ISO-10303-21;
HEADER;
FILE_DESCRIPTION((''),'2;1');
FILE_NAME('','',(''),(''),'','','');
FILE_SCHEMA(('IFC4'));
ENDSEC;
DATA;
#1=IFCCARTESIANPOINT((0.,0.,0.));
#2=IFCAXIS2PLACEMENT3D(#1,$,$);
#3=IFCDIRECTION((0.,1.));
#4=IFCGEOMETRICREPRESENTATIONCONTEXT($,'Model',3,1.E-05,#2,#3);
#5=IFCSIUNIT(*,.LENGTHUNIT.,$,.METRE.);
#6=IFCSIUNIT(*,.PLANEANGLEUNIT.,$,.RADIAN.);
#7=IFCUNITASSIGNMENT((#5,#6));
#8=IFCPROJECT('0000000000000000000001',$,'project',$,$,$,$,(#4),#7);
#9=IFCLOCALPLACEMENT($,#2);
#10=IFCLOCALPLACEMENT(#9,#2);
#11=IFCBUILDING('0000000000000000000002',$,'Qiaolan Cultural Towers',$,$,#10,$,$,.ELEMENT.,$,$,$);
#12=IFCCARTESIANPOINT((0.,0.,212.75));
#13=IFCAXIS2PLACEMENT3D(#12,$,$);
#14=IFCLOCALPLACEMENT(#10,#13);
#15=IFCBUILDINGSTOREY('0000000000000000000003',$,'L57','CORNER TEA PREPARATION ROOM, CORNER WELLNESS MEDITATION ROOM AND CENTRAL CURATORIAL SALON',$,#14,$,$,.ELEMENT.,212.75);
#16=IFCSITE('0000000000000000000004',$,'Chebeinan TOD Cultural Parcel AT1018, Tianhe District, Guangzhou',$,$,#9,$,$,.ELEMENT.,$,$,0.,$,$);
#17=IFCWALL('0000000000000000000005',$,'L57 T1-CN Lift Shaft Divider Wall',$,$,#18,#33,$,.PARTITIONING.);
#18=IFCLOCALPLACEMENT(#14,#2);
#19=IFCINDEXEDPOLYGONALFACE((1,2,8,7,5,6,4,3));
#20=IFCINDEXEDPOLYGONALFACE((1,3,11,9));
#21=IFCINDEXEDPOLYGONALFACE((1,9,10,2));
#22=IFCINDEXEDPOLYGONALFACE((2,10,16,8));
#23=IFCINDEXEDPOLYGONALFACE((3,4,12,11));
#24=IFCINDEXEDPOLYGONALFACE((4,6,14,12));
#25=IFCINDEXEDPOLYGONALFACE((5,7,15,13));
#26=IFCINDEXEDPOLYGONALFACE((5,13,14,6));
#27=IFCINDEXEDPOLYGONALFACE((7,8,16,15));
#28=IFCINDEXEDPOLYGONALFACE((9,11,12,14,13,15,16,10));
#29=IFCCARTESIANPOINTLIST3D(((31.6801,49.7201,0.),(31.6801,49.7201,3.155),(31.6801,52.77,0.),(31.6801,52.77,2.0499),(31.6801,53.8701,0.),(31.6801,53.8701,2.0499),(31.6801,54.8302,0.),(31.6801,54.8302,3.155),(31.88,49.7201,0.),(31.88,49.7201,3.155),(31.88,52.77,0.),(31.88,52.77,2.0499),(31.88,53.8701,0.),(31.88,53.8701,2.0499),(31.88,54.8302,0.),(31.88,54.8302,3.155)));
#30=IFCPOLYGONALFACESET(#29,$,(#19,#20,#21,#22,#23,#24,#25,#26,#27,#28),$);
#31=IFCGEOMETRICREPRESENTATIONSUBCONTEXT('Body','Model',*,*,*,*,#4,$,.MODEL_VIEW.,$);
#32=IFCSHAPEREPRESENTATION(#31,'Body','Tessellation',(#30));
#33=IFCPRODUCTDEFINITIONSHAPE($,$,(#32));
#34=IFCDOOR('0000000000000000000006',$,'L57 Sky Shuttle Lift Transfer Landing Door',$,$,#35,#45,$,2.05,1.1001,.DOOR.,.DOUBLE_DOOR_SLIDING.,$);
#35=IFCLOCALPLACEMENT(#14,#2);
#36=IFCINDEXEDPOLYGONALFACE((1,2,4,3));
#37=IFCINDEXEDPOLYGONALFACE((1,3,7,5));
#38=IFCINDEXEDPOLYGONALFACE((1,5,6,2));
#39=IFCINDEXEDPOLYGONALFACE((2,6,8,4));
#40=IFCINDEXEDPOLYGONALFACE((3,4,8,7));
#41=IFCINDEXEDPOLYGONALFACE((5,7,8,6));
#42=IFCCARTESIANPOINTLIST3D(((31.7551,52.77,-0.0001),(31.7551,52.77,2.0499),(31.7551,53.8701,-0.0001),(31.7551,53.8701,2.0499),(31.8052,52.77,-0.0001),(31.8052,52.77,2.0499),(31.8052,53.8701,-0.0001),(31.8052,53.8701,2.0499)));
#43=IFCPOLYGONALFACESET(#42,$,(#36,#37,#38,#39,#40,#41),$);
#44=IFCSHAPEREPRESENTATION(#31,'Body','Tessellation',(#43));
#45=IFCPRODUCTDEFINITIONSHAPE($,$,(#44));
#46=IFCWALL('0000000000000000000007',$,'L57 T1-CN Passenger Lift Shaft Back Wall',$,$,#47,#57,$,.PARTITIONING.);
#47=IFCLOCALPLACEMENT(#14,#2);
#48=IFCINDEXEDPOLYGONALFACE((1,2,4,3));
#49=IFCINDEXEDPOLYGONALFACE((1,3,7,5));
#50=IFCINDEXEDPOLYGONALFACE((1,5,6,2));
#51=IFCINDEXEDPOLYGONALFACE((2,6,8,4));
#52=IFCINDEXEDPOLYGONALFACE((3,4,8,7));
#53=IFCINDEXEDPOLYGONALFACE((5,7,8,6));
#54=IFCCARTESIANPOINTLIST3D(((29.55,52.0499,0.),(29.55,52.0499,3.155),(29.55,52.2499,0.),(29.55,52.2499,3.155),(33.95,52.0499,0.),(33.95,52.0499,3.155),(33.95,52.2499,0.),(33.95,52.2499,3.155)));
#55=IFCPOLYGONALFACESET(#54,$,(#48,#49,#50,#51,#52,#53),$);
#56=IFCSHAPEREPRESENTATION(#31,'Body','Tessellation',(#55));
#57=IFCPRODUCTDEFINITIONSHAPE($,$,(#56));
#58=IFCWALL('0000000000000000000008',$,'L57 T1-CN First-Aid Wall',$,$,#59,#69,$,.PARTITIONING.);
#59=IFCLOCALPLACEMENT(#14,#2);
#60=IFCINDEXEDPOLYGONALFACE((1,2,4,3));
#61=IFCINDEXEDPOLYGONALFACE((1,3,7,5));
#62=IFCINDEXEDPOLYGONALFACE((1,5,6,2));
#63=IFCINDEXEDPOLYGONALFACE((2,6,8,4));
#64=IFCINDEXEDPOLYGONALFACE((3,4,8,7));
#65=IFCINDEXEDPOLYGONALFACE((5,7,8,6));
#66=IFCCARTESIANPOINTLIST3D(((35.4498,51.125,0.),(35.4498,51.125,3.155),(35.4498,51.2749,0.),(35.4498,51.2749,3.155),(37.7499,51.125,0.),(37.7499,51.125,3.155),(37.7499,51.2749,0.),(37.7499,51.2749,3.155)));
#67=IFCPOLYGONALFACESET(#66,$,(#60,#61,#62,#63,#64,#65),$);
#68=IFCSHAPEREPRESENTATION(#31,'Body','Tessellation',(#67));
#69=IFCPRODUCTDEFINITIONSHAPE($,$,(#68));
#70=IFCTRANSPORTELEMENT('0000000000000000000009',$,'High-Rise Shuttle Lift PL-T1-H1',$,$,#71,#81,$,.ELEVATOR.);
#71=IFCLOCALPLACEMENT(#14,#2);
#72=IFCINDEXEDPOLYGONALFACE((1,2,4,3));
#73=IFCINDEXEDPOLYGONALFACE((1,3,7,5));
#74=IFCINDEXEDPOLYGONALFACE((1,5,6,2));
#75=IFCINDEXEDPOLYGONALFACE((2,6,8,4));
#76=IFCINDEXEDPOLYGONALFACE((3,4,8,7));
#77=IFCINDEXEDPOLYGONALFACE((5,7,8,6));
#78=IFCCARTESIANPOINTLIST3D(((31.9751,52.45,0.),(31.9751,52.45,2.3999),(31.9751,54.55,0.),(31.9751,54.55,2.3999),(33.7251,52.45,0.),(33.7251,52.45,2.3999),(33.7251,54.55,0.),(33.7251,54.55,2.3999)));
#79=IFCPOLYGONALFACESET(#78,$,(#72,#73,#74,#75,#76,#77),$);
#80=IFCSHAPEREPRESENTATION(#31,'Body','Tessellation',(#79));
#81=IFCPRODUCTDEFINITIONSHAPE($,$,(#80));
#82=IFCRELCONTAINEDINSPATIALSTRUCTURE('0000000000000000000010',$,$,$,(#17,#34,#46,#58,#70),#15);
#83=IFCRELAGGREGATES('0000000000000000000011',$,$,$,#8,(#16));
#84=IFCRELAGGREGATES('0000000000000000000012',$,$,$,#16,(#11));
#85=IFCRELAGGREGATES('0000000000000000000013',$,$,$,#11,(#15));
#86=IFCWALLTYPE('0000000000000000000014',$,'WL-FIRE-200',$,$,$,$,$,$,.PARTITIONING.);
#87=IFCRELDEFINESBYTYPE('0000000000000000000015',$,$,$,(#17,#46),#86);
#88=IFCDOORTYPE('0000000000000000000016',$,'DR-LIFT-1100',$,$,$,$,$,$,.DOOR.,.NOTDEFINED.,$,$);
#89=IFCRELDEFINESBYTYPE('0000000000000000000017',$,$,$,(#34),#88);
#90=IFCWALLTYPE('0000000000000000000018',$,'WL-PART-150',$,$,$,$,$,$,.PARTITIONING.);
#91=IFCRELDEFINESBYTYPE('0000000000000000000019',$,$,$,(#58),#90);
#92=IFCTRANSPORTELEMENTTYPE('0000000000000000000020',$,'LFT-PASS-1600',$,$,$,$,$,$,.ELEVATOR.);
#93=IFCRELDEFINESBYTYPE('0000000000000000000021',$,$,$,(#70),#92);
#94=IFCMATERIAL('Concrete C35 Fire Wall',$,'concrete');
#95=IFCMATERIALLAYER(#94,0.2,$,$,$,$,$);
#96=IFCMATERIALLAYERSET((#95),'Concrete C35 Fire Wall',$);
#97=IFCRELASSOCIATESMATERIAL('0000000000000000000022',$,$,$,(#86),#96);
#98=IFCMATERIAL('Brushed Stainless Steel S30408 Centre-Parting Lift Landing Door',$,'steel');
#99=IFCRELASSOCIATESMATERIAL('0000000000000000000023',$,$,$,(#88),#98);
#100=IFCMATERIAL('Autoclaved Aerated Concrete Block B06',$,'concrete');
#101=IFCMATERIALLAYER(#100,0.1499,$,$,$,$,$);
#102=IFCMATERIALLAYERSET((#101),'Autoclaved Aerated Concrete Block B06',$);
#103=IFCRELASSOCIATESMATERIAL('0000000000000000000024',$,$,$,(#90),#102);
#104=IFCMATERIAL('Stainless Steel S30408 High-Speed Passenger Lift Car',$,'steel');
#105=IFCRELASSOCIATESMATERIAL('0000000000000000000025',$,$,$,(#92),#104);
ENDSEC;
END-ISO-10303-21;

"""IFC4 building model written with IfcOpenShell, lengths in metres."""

from ifc_helpers import new_model, si_unit, direction, frame, frame_2d, origin, origin_2d, place, context, subcontext, project, spatial, rectangle, extrude, material, layer, layer_set, type_object, element, fill, save


model = new_model("IFC4")

# Units and contexts
model_context = context("Model", 3, precision=1e-05, world=origin(), true_north=direction((0.0, 1.0)))
body_context = subcontext(model_context, "Body", "Model", "MODEL_VIEW")
ifc_project = project(units=[si_unit("LENGTHUNIT", "METRE"), si_unit("PLANEANGLEUNIT", "RADIAN")], contexts=[model_context])

# Site, building, storey
site_placement = place(None, origin())
site = spatial("IfcSite", under=ifc_project, at=site_placement, Name="Chebeinan TOD Cultural Parcel AT1018, Tianhe District, Guangzhou", CompositionType="ELEMENT", RefElevation=0.0)
building_placement = place(site_placement, origin())
building = spatial("IfcBuilding", under=site, at=building_placement, Name="Qiaolan Cultural Towers", CompositionType="ELEMENT")
storey_placement = place(building_placement, frame((0.0, 0.0, 212.75)))
storey = spatial("IfcBuildingStorey", under=building, at=storey_placement, Name="L57", Description="CORNER TEA PREPARATION ROOM, CORNER WELLNESS MEDITATION ROOM AND CENTRAL CURATORIAL SALON", CompositionType="ELEMENT", Elevation=212.75)

# Shared definitions
ifc_material_1 = material(Name="Concrete C35 Fire Wall", Category="concrete")
ifc_layer_1 = layer(ifc_material_1, 0.2)
ifc_layer_set_1 = layer_set([ifc_layer_1], Name="Concrete C35 Fire Wall")
wall_type_1 = type_object("IfcWallType", Name="WL-FIRE-200", PredefinedType="PARTITIONING", material=ifc_layer_set_1)
ifc_material_2 = material(Name="Brushed Stainless Steel S30408 Centre-Parting Lift Landing Door", Category="steel")
door_type = type_object("IfcDoorType", Name="DR-LIFT-1100", OperationType="NOTDEFINED", PredefinedType="DOOR", material=ifc_material_2)

# Wall, opening, door
wall_1_placement = place(storey_placement, frame((31.78, 49.72, 0.0), z_axis=(0.0, 0.0, 1.0), x_axis=(0.0, 1.0, 0.0)))
wall_1 = element("IfcWall", 1, at=wall_1_placement, inside=storey, type_object=wall_type_1, Name="L57 T1-CN Lift Shaft Divider Wall", PredefinedType="PARTITIONING", context=body_context, shape_type="SweptSolid", body=[
    extrude(rectangle(XDim=5.1101, YDim=0.2, at=frame_2d((2.5552, 0.0))), origin(), (0.0, 0.0, 1.0), 3.155),
])
opening_1_placement = place(wall_1_placement, frame((3.05, 0.0, 0.0)))
opening_1 = element("IfcOpeningElement", 2, at=opening_1_placement, cuts=wall_1, PredefinedType="OPENING", context=body_context, shape_type="SweptSolid", body=[
    extrude(rectangle(XDim=1.1001, YDim=2.05, at=frame_2d((0.55, 1.0249))), frame((0.0, 0.1099, 0.0), z_axis=(0.0, -1.0, 0.0), x_axis=(1.0, 0.0, 0.0)), (0.0, 0.0, 1.0), 0.22),
])
door_1_placement = place(opening_1_placement, origin())
door_1 = element("IfcDoor", 3, at=door_1_placement, inside=storey, type_object=door_type, Name="L57 Sky Shuttle Lift Transfer Landing Door", OperationType="DOUBLE_DOOR_SLIDING", OverallHeight=2.05, OverallWidth=1.1001, PredefinedType="DOOR", context=body_context, shape_type="SweptSolid", body=[
    extrude(rectangle(XDim=1.1001, YDim=2.05, at=frame_2d((0.55, 1.0249))), frame((0.0, 0.0249, 0.0), z_axis=(0.0, -1.0, 0.0), x_axis=(1.0, 0.0, 0.0)), (0.0, 0.0, 1.0), 0.05),
])
fill(opening_1, door_1)

# Walls
wall_2_placement = place(storey_placement, frame((29.55, 52.1499, 0.0), z_axis=(0.0, 0.0, 1.0), x_axis=(1.0, 0.0, 0.0)))
element("IfcWall", 4, at=wall_2_placement, inside=storey, type_object=wall_type_1, Name="L57 T1-CN Passenger Lift Shaft Back Wall", PredefinedType="PARTITIONING", context=body_context, shape_type="SweptSolid", body=[
    extrude(rectangle(XDim=4.3999, YDim=0.2, at=frame_2d((2.2, 0.0))), origin(), (0.0, 0.0, 1.0), 3.155),
])
ifc_material_3 = material(Name="Autoclaved Aerated Concrete Block B06", Category="concrete")
ifc_layer_2 = layer(ifc_material_3, 0.1499)
ifc_layer_set_2 = layer_set([ifc_layer_2], Name="Autoclaved Aerated Concrete Block B06")
wall_type_2 = type_object("IfcWallType", Name="WL-PART-150", PredefinedType="PARTITIONING", material=ifc_layer_set_2)
wall_3_placement = place(storey_placement, frame((35.45, 51.2, 0.0), z_axis=(0.0, 0.0, 1.0), x_axis=(1.0, 0.0, 0.0)))
element("IfcWall", 5, at=wall_3_placement, inside=storey, type_object=wall_type_2, Name="L57 T1-CN First-Aid Wall", PredefinedType="PARTITIONING", context=body_context, shape_type="SweptSolid", body=[
    extrude(rectangle(XDim=2.3, YDim=0.1499, at=frame_2d((1.1499, 0.0))), origin(), (0.0, 0.0, 1.0), 3.155),
])

# Transport element
ifc_material_4 = material(Name="Stainless Steel S30408 High-Speed Passenger Lift Car", Category="steel")
transport_element_type = type_object("IfcTransportElementType", Name="LFT-PASS-1600", PredefinedType="ELEVATOR", material=ifc_material_4)
transport_element_placement = place(storey_placement, frame((32.8501, 53.5, 0.0), z_axis=(0.0, 0.0, 1.0), x_axis=(1.0, 0.0, 0.0)))
element("IfcTransportElement", 6, at=transport_element_placement, inside=storey, type_object=transport_element_type, Name="High-Rise Shuttle Lift PL-T1-H1", PredefinedType="ELEVATOR", context=body_context, shape_type="SweptSolid", body=[
    extrude(rectangle(XDim=1.75, YDim=2.1001, at=origin_2d()), origin(), (0.0, 0.0, 1.0), 2.3999),
])

save(model, "model.ifc")
